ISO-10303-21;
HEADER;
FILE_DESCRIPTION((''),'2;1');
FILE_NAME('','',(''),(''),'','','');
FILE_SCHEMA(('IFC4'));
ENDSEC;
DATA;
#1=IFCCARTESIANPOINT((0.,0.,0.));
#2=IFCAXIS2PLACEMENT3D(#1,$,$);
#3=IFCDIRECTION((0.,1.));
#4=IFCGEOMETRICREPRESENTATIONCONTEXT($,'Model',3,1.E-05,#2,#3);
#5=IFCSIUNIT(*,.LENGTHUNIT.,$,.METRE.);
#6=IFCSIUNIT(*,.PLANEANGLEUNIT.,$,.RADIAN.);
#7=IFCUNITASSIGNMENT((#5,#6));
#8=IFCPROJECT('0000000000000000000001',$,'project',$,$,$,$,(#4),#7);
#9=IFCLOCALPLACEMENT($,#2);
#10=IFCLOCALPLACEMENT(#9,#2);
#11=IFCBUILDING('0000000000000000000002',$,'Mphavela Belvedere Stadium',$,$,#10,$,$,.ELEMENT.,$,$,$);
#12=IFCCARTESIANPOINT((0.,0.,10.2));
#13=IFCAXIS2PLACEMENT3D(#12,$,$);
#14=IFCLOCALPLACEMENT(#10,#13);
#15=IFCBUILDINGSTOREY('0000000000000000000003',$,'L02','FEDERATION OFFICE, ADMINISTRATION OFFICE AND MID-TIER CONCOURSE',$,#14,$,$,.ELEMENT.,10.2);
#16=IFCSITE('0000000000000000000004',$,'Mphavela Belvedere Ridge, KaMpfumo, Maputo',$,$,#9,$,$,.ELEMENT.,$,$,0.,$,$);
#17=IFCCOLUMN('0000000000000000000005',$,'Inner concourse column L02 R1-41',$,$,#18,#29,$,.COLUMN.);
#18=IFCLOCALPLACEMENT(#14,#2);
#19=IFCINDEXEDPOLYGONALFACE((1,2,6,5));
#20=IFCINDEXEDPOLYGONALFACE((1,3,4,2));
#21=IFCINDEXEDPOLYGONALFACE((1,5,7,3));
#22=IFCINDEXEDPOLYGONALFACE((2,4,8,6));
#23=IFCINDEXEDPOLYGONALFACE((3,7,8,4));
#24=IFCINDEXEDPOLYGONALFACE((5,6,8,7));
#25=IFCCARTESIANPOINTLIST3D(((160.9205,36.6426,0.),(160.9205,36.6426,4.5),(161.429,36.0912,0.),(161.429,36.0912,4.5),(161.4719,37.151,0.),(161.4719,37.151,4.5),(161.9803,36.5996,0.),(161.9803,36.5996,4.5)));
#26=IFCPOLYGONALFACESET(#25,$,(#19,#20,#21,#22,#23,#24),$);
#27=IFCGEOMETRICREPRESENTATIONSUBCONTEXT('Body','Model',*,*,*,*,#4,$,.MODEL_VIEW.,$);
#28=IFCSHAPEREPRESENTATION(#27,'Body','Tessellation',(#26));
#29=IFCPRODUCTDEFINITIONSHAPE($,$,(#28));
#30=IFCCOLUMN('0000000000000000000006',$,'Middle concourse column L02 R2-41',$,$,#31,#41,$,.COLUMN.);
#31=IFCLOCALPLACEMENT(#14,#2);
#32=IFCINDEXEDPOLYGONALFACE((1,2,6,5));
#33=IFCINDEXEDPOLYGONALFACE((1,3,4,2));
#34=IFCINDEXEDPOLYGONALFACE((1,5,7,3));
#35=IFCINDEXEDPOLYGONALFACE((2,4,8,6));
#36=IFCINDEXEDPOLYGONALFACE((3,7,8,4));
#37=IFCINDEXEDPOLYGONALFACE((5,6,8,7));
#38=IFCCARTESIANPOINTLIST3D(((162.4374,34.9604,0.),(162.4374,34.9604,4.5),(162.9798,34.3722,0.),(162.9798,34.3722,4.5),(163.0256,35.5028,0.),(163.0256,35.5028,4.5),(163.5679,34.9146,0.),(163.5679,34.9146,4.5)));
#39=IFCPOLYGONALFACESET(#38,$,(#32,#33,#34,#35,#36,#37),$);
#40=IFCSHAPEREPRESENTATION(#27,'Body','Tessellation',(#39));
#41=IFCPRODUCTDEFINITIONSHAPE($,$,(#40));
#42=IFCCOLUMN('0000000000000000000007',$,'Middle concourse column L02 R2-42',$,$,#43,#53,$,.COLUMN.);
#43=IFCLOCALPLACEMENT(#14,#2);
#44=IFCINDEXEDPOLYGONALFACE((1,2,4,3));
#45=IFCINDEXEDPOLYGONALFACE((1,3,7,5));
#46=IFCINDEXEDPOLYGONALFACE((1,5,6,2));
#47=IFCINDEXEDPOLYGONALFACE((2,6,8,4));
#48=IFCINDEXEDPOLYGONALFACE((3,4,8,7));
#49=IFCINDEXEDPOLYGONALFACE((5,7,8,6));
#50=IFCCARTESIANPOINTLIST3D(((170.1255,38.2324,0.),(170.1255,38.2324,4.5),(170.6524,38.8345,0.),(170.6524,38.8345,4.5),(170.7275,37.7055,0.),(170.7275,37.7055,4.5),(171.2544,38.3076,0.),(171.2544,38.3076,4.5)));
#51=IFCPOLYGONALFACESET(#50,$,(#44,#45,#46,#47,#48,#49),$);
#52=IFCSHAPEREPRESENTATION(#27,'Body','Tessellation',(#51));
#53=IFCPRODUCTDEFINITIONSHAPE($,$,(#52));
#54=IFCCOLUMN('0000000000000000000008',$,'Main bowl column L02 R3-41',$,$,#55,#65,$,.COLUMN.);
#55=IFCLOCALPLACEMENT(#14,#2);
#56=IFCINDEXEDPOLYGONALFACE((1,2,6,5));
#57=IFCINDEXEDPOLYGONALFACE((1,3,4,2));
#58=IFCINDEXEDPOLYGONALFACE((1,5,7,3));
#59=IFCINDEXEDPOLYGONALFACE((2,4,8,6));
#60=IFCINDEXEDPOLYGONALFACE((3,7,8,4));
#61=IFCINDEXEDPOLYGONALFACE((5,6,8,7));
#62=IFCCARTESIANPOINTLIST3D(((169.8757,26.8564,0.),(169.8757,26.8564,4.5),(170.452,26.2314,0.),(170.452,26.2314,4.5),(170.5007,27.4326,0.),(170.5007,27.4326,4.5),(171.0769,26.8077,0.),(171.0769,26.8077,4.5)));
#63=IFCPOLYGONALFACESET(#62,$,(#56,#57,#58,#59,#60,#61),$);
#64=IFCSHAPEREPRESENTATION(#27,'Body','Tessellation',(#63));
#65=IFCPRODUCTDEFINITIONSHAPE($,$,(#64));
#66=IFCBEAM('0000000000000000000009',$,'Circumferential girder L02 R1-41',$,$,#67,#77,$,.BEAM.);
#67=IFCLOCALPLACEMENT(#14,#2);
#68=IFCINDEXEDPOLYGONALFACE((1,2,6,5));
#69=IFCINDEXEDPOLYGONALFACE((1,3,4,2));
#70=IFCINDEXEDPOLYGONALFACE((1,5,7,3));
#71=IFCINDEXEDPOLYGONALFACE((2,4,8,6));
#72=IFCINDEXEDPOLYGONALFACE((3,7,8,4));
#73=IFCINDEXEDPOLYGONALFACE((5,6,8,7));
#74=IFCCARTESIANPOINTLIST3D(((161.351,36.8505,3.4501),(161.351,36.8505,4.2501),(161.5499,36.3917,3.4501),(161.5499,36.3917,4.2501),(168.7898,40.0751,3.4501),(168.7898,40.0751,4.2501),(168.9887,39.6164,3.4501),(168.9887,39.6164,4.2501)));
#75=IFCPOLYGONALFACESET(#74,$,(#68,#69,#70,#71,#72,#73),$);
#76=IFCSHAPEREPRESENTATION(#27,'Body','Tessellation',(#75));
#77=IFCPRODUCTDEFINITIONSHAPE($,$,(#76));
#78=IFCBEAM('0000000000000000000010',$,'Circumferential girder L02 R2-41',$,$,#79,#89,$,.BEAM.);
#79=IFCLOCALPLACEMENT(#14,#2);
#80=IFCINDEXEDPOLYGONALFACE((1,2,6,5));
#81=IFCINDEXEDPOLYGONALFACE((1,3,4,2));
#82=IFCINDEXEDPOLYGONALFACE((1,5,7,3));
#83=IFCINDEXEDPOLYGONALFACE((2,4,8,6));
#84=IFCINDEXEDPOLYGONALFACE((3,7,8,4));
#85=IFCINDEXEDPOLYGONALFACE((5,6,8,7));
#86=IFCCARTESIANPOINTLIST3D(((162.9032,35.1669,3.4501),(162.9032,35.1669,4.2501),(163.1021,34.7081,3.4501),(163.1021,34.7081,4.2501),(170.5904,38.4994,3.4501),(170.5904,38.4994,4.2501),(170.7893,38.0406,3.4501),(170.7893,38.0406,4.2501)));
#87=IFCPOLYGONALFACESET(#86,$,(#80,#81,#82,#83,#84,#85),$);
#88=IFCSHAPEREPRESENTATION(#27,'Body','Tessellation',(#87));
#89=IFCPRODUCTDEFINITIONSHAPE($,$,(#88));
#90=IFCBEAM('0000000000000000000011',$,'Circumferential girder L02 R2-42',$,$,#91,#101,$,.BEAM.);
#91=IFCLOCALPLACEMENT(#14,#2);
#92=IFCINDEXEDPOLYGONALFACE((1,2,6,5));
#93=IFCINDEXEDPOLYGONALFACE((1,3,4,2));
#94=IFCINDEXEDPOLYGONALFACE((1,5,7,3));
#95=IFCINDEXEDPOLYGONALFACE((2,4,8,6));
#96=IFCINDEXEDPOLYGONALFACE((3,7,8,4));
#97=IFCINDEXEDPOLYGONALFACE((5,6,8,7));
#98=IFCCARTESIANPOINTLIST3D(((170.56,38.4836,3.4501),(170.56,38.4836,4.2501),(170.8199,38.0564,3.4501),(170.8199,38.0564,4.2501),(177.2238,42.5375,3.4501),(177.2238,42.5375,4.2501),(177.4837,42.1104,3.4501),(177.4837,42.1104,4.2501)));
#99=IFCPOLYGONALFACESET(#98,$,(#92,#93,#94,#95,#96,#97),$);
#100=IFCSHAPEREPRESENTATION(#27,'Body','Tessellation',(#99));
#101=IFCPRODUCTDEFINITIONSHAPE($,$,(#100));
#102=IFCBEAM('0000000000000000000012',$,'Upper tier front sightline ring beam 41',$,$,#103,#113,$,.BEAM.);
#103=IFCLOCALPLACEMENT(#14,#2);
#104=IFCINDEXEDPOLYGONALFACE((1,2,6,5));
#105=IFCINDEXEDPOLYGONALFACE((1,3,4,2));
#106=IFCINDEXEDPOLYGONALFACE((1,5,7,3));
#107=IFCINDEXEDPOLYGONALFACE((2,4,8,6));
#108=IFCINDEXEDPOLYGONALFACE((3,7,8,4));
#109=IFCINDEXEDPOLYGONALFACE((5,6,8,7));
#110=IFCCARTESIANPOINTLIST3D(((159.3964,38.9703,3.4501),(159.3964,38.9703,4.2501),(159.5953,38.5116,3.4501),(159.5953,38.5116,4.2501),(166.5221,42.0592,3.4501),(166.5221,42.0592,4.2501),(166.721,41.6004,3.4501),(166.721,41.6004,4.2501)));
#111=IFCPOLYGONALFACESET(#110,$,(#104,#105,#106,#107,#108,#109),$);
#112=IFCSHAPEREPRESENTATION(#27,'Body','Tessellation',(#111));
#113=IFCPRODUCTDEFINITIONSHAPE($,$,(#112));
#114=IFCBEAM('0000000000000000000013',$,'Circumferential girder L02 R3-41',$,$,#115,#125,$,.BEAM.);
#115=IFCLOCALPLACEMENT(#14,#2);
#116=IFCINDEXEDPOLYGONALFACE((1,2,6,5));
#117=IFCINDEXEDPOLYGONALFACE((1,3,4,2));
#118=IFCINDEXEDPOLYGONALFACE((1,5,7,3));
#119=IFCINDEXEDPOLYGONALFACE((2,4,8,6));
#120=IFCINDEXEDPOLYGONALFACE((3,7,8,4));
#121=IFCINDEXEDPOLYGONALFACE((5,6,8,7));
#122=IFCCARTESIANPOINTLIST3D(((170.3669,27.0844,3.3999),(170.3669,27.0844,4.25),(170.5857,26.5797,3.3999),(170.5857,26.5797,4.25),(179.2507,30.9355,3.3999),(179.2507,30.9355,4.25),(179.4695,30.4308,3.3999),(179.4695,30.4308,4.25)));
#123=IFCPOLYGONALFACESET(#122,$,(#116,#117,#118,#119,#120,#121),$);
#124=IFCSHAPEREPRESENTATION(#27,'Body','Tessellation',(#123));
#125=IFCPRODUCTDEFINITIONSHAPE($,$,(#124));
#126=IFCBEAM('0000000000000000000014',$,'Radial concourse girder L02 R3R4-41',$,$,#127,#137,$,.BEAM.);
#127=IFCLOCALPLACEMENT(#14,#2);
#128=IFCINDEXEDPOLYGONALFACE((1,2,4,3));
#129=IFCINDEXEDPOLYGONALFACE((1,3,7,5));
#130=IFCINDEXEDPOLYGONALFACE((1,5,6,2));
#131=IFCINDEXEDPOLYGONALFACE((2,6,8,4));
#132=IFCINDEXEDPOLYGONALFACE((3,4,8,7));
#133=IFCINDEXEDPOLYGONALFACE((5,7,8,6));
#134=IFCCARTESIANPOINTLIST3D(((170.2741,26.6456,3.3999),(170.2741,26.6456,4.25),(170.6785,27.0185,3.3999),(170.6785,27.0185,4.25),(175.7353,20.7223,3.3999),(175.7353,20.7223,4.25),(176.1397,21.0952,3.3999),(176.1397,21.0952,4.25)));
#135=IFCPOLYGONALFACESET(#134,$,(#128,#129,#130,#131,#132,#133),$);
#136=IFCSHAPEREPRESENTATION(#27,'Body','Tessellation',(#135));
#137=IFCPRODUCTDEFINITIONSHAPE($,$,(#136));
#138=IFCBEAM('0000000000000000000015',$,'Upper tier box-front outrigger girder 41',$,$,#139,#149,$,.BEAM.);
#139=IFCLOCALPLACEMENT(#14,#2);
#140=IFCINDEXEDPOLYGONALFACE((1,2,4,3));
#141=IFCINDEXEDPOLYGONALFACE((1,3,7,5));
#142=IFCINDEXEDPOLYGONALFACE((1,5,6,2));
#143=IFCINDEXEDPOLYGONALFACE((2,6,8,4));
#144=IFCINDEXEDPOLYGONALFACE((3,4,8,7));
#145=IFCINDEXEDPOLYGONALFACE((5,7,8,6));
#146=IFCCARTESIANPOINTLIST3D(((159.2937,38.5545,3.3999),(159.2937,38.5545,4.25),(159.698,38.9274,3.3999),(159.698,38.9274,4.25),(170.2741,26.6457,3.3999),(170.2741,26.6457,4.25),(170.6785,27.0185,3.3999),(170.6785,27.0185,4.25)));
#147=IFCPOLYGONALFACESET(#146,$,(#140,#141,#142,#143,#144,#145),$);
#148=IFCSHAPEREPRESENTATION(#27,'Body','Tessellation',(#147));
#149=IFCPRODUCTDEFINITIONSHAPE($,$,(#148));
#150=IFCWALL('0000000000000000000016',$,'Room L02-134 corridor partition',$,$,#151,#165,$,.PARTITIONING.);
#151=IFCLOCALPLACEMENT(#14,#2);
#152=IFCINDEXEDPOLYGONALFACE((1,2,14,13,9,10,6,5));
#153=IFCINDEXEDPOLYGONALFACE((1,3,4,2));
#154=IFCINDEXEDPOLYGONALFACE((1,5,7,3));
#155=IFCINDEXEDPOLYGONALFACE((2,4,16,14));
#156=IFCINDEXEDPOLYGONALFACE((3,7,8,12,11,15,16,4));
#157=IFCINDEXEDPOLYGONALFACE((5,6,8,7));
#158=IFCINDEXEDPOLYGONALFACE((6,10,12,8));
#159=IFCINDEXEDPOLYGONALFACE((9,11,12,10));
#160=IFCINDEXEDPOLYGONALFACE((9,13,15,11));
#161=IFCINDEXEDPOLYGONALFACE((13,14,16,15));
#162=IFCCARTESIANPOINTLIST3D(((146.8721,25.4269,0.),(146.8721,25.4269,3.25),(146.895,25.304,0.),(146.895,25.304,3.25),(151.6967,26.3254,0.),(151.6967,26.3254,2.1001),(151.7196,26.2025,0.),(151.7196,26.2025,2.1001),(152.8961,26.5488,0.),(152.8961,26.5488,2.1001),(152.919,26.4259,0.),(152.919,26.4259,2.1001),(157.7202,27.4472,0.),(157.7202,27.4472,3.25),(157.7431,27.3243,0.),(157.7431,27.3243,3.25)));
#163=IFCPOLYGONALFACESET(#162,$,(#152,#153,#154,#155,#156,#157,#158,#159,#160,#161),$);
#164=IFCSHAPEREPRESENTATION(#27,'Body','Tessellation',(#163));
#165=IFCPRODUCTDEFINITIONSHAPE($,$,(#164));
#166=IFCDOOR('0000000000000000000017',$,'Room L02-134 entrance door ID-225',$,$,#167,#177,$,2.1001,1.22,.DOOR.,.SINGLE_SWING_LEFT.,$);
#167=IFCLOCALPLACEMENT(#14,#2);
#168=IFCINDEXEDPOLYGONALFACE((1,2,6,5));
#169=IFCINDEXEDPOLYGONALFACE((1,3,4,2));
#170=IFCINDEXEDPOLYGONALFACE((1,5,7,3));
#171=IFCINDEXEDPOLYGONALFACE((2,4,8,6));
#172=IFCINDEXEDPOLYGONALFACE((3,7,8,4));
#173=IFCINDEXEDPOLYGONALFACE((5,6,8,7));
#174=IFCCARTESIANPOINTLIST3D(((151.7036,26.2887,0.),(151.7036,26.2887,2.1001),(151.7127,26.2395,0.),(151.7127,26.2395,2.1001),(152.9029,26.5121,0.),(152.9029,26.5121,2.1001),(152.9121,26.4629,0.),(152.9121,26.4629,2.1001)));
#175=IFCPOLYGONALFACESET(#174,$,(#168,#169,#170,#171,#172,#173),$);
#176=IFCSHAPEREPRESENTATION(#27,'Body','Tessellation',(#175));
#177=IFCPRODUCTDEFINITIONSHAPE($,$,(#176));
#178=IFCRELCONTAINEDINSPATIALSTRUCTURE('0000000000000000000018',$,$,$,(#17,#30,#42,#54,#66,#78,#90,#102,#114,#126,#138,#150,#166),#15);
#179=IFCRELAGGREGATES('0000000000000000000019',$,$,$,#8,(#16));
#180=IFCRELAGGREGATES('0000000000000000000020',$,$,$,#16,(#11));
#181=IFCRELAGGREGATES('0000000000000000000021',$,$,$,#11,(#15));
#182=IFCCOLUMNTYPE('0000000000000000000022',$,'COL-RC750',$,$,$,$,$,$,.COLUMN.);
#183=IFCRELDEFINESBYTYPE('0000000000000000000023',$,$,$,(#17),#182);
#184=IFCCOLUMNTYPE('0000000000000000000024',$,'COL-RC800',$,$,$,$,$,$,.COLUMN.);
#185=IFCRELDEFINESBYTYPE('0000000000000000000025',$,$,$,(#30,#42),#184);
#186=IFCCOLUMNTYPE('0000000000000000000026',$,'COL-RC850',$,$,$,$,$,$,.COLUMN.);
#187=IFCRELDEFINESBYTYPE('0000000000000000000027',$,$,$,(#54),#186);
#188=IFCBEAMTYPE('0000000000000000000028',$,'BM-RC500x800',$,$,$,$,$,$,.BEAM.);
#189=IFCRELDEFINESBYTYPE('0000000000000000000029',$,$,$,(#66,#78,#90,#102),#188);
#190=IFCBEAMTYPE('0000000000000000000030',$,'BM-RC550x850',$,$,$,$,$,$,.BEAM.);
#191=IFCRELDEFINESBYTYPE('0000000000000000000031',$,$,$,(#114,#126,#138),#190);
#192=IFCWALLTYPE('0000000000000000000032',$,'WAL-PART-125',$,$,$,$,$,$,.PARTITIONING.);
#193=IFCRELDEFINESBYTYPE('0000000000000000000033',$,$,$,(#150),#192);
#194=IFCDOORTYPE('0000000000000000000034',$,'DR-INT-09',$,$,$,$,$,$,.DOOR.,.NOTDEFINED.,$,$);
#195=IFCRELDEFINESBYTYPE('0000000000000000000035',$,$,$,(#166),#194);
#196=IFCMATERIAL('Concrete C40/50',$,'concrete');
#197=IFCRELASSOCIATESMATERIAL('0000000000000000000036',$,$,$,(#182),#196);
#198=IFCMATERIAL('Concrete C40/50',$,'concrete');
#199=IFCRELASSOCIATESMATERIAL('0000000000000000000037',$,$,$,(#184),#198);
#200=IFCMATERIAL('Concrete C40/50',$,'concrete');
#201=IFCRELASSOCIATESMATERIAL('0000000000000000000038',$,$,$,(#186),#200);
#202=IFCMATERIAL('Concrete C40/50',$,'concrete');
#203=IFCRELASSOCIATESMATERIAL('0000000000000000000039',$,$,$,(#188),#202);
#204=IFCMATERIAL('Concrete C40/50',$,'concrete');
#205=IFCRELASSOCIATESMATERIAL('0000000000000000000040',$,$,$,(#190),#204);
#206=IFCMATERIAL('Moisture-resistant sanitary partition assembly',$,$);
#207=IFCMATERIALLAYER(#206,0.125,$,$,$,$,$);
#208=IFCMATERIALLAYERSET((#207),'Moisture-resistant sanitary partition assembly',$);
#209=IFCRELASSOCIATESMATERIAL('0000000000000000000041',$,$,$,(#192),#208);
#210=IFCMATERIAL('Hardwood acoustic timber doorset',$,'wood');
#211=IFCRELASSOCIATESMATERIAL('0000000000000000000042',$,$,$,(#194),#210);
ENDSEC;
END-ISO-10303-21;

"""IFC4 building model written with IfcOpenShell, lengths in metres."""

from ifc_helpers import new_model, si_unit, direction, frame, frame_2d, origin, origin_2d, place, context, subcontext, project, spatial, rectangle, extrude, material, layer, layer_set, material_profile, profile_set, type_object, element, fill, save


model = new_model("IFC4")

# Units and contexts
model_context = context("Model", 3, precision=1e-05, world=origin(), true_north=direction((0.0, 1.0)))
body_context = subcontext(model_context, "Body", "Model", "MODEL_VIEW")
ifc_project = project(units=[si_unit("LENGTHUNIT", "METRE"), si_unit("PLANEANGLEUNIT", "RADIAN")], contexts=[model_context])

# Site, building, storey
site_placement = place(None, origin())
site = spatial("IfcSite", under=ifc_project, at=site_placement, Name="Mphavela Belvedere Ridge, KaMpfumo, Maputo", CompositionType="ELEMENT", RefElevation=0.0)
building_placement = place(site_placement, origin())
building = spatial("IfcBuilding", under=site, at=building_placement, Name="Mphavela Belvedere Stadium", CompositionType="ELEMENT")
storey_placement = place(building_placement, frame((0.0, 0.0, 10.2)))
storey = spatial("IfcBuildingStorey", under=building, at=storey_placement, Name="L02", Description="FEDERATION OFFICE, ADMINISTRATION OFFICE AND MID-TIER CONCOURSE", CompositionType="ELEMENT", Elevation=10.2)

# Columns
ifc_material_1 = material(Name="Concrete C40/50", Category="concrete")
ifc_material_profile_1 = material_profile(ifc_material_1, rectangle(XDim=0.75, YDim=0.75, at=origin_2d()), Name="RC 750x750")
ifc_profile_set_1 = profile_set([ifc_material_profile_1], Name="Concrete C40/50")
column_type_1 = type_object("IfcColumnType", Name="COL-RC750", PredefinedType="COLUMN", material=ifc_profile_set_1)
column_1_placement = place(storey_placement, frame((161.4504, 36.6211, 0.0), z_axis=(0.0, 0.0, 1.0), x_axis=(0.677903, -0.735151, 0.0)))
element("IfcColumn", 1, at=column_1_placement, inside=storey, type_object=column_type_1, Name="Inner concourse column L02 R1-41", PredefinedType="COLUMN", context=body_context, shape_type="SweptSolid", body=[
    extrude(rectangle(XDim=0.75, YDim=0.75, at=origin_2d()), origin(), (0.0, 0.0, 1.0), 4.5),
])
ifc_material_2 = material(Name="Concrete C40/50", Category="concrete")
ifc_material_profile_2 = material_profile(ifc_material_2, rectangle(XDim=0.8, YDim=0.8, at=origin_2d()), Name="RC 800x800")
ifc_profile_set_2 = profile_set([ifc_material_profile_2], Name="Concrete C40/50")
column_type_2 = type_object("IfcColumnType", Name="COL-RC800", PredefinedType="COLUMN", material=ifc_profile_set_2)
for number, where, z_axis, x_axis, name in (
    (2, (163.0027, 34.9375, 0.0), (0.0, 0.0, 1.0), (0.677903, -0.735151, 0.0), "Middle concourse column L02 R2-41"),
    (3, (170.6899, 38.27, 0.0), (0.0, 0.0, 1.0), (0.75253, -0.658558, 0.0), "Middle concourse column L02 R2-42"),
):
    element("IfcColumn", number, at=place(storey_placement, frame(where, z_axis=z_axis, x_axis=x_axis)), inside=storey, type_object=column_type_2, Name=name, PredefinedType="COLUMN", context=body_context, shape_type="SweptSolid", body=[
        extrude(rectangle(XDim=0.8, YDim=0.8, at=origin_2d()), origin(), (0.0, 0.0, 1.0), 4.5),
    ])
ifc_material_3 = material(Name="Concrete C40/50", Category="concrete")
ifc_material_profile_3 = material_profile(ifc_material_3, rectangle(XDim=0.8501, YDim=0.8501, at=origin_2d()), Name="RC 850x850")
ifc_profile_set_3 = profile_set([ifc_material_profile_3], Name="Concrete C40/50")
column_type_3 = type_object("IfcColumnType", Name="COL-RC850", PredefinedType="COLUMN", material=ifc_profile_set_3)
column_2_placement = place(storey_placement, frame((170.4763, 26.832, 0.0), z_axis=(0.0, 0.0, 1.0), x_axis=(0.677903, -0.735151, 0.0)))
element("IfcColumn", 4, at=column_2_placement, inside=storey, type_object=column_type_3, Name="Main bowl column L02 R3-41", PredefinedType="COLUMN", context=body_context, shape_type="SweptSolid", body=[
    extrude(rectangle(XDim=0.8501, YDim=0.8501, at=origin_2d()), origin(), (0.0, 0.0, 1.0), 4.5),
])

# Beams
ifc_material_4 = material(Name="Concrete C40/50", Category="concrete")
ifc_material_profile_4 = material_profile(ifc_material_4, rectangle(XDim=0.5, YDim=0.8, at=origin_2d()), Name="RC 500x800")
ifc_profile_set_4 = profile_set([ifc_material_profile_4], Name="Concrete C40/50")
beam_type_1 = type_object("IfcBeamType", Name="BM-RC500x800", PredefinedType="BEAM", material=ifc_profile_set_4)
beam_1_placement = place(storey_placement, frame((161.4504, 36.6211, 3.8501), z_axis=(0.917503, 0.397728, 0.0), x_axis=(-0.397728, 0.917503, 0.0)))
element("IfcBeam", 5, at=beam_1_placement, inside=storey, type_object=beam_type_1, Name="Circumferential girder L02 R1-41", PredefinedType="BEAM", context=body_context, shape_type="SweptSolid", body=[
    extrude(rectangle(XDim=0.5, YDim=0.8, at=origin_2d()), origin(), (0.0, 0.0, 1.0), 8.1077),
])
beam_2_placement = place(storey_placement, frame((163.0027, 34.9375, 3.8501), z_axis=(0.917496, 0.397746, 0.0), x_axis=(-0.397746, 0.917496, 0.0)))
element("IfcBeam", 6, at=beam_2_placement, inside=storey, type_object=beam_type_1, Name="Circumferential girder L02 R2-41", PredefinedType="BEAM", context=body_context, shape_type="SweptSolid", body=[
    extrude(rectangle(XDim=0.5, YDim=0.8, at=origin_2d()), origin(), (0.0, 0.0, 1.0), 8.3784),
])
beam_3_placement = place(storey_placement, frame((170.6899, 38.27, 3.8501), z_axis=(0.854328, 0.519733, 0.0), x_axis=(-0.519733, 0.854328, 0.0)))
element("IfcBeam", 7, at=beam_3_placement, inside=storey, type_object=beam_type_1, Name="Circumferential girder L02 R2-42", PredefinedType="BEAM", context=body_context, shape_type="SweptSolid", body=[
    extrude(rectangle(XDim=0.5, YDim=0.8, at=origin_2d()), origin(), (0.0, 0.0, 1.0), 7.8),
])
beam_4_placement = place(storey_placement, frame((159.4958, 38.741, 3.8501), z_axis=(0.917506, 0.397721, 0.0), x_axis=(-0.397721, 0.917506, 0.0)))
element("IfcBeam", 8, at=beam_4_placement, inside=storey, type_object=beam_type_1, Name="Upper tier front sightline ring beam 41", PredefinedType="BEAM", context=body_context, shape_type="SweptSolid", body=[
    extrude(rectangle(XDim=0.5, YDim=0.8, at=origin_2d()), origin(), (0.0, 0.0, 1.0), 7.7664),
])
ifc_material_5 = material(Name="Concrete C40/50", Category="concrete")
ifc_material_profile_5 = material_profile(ifc_material_5, rectangle(XDim=0.55, YDim=0.8501, at=origin_2d()), Name="RC 550x850")
ifc_profile_set_5 = profile_set([ifc_material_profile_5], Name="Concrete C40/50")
beam_type_2 = type_object("IfcBeamType", Name="BM-RC550x850", PredefinedType="BEAM", material=ifc_profile_set_5)
beam_5_placement = place(storey_placement, frame((170.4763, 26.832, 3.825), z_axis=(0.917502, 0.397732, 0.0), x_axis=(-0.397732, 0.917502, 0.0)))
element("IfcBeam", 9, at=beam_5_placement, inside=storey, type_object=beam_type_2, Name="Circumferential girder L02 R3-41", PredefinedType="BEAM", context=body_context, shape_type="SweptSolid", body=[
    extrude(rectangle(XDim=0.55, YDim=0.8501, at=origin_2d()), origin(), (0.0, 0.0, 1.0), 9.6826),
])
beam_6_placement = place(storey_placement, frame((170.4763, 26.832, 3.825), z_axis=(0.677843, -0.735206, 0.0), x_axis=(0.735206, 0.677843, 0.0)))
element("IfcBeam", 10, at=beam_6_placement, inside=storey, type_object=beam_type_2, Name="Radial concourse girder L02 R3R4-41", PredefinedType="BEAM", context=body_context, shape_type="SweptSolid", body=[
    extrude(rectangle(XDim=0.55, YDim=0.8501, at=origin_2d()), origin(), (0.0, 0.0, 1.0), 8.0566),
])
beam_7_placement = place(storey_placement, frame((159.4958, 38.741, 3.825), z_axis=(0.677867, -0.735185, 0.0), x_axis=(0.735185, 0.677867, 0.0)))
element("IfcBeam", 11, at=beam_7_placement, inside=storey, type_object=beam_type_2, Name="Upper tier box-front outrigger girder 41", PredefinedType="BEAM", context=body_context, shape_type="SweptSolid", body=[
    extrude(rectangle(XDim=0.55, YDim=0.8501, at=origin_2d()), origin(), (0.0, 0.0, 1.0), 16.1985),
])

# Wall, opening, door
ifc_material_6 = material(Name="Moisture-resistant sanitary partition assembly")
ifc_layer_1 = layer(ifc_material_6, 0.125)
ifc_layer_set_1 = layer_set([ifc_layer_1], Name="Moisture-resistant sanitary partition assembly")
wall_type_1 = type_object("IfcWallType", Name="WAL-PART-125", PredefinedType="PARTITIONING", material=ifc_layer_set_1)
wall_1_placement = place(storey_placement, frame((157.7317, 27.3857, 0.0), z_axis=(0.0, 0.0, 1.0), x_axis=(-0.983097, -0.183083, 0.0)))
wall_1 = element("IfcWall", 12, at=wall_1_placement, inside=storey, type_object=wall_type_1, Name="Room L02-134 corridor partition", PredefinedType="PARTITIONING", context=body_context, shape_type="SweptSolid", body=[
    extrude(rectangle(XDim=11.0347, YDim=0.125, at=frame_2d((5.5173, 0.0))), origin(), (0.0, 0.0, 1.0), 3.25),
])
opening_1_placement = place(wall_1_placement, frame((4.9072, 0.0, 0.0)))
opening_1 = element("IfcOpeningElement", 13, at=opening_1_placement, cuts=wall_1, PredefinedType="OPENING", context=body_context, shape_type="SweptSolid", body=[
    extrude(rectangle(XDim=1.22, YDim=2.1001, at=frame_2d((0.6099, 1.05))), frame((0.0, 0.0725, 0.0), z_axis=(0.0, -1.0, 0.0), x_axis=(1.0, 0.0, 0.0)), (0.0, 0.0, 1.0), 0.145),
])
ifc_material_7 = material(Name="Hardwood acoustic timber doorset", Category="wood")
door_type_1 = type_object("IfcDoorType", Name="DR-INT-09", OperationType="NOTDEFINED", PredefinedType="DOOR", material=ifc_material_7)
door_1_placement = place(opening_1_placement, origin())
door_1 = element("IfcDoor", 14, at=door_1_placement, inside=storey, type_object=door_type_1, Name="Room L02-134 entrance door ID-225", OperationType="SINGLE_SWING_LEFT", OverallHeight=2.1001, OverallWidth=1.22, PredefinedType="DOOR", context=body_context, shape_type="SweptSolid", body=[
    extrude(rectangle(XDim=1.22, YDim=2.1001, at=frame_2d((0.6099, 1.05))), frame((0.0, 0.0249, 0.0), z_axis=(0.0, -1.0, 0.0), x_axis=(1.0, 0.0, 0.0)), (0.0, 0.0, 1.0), 0.05),
])
fill(opening_1, door_1)

save(model, "model.ifc")
